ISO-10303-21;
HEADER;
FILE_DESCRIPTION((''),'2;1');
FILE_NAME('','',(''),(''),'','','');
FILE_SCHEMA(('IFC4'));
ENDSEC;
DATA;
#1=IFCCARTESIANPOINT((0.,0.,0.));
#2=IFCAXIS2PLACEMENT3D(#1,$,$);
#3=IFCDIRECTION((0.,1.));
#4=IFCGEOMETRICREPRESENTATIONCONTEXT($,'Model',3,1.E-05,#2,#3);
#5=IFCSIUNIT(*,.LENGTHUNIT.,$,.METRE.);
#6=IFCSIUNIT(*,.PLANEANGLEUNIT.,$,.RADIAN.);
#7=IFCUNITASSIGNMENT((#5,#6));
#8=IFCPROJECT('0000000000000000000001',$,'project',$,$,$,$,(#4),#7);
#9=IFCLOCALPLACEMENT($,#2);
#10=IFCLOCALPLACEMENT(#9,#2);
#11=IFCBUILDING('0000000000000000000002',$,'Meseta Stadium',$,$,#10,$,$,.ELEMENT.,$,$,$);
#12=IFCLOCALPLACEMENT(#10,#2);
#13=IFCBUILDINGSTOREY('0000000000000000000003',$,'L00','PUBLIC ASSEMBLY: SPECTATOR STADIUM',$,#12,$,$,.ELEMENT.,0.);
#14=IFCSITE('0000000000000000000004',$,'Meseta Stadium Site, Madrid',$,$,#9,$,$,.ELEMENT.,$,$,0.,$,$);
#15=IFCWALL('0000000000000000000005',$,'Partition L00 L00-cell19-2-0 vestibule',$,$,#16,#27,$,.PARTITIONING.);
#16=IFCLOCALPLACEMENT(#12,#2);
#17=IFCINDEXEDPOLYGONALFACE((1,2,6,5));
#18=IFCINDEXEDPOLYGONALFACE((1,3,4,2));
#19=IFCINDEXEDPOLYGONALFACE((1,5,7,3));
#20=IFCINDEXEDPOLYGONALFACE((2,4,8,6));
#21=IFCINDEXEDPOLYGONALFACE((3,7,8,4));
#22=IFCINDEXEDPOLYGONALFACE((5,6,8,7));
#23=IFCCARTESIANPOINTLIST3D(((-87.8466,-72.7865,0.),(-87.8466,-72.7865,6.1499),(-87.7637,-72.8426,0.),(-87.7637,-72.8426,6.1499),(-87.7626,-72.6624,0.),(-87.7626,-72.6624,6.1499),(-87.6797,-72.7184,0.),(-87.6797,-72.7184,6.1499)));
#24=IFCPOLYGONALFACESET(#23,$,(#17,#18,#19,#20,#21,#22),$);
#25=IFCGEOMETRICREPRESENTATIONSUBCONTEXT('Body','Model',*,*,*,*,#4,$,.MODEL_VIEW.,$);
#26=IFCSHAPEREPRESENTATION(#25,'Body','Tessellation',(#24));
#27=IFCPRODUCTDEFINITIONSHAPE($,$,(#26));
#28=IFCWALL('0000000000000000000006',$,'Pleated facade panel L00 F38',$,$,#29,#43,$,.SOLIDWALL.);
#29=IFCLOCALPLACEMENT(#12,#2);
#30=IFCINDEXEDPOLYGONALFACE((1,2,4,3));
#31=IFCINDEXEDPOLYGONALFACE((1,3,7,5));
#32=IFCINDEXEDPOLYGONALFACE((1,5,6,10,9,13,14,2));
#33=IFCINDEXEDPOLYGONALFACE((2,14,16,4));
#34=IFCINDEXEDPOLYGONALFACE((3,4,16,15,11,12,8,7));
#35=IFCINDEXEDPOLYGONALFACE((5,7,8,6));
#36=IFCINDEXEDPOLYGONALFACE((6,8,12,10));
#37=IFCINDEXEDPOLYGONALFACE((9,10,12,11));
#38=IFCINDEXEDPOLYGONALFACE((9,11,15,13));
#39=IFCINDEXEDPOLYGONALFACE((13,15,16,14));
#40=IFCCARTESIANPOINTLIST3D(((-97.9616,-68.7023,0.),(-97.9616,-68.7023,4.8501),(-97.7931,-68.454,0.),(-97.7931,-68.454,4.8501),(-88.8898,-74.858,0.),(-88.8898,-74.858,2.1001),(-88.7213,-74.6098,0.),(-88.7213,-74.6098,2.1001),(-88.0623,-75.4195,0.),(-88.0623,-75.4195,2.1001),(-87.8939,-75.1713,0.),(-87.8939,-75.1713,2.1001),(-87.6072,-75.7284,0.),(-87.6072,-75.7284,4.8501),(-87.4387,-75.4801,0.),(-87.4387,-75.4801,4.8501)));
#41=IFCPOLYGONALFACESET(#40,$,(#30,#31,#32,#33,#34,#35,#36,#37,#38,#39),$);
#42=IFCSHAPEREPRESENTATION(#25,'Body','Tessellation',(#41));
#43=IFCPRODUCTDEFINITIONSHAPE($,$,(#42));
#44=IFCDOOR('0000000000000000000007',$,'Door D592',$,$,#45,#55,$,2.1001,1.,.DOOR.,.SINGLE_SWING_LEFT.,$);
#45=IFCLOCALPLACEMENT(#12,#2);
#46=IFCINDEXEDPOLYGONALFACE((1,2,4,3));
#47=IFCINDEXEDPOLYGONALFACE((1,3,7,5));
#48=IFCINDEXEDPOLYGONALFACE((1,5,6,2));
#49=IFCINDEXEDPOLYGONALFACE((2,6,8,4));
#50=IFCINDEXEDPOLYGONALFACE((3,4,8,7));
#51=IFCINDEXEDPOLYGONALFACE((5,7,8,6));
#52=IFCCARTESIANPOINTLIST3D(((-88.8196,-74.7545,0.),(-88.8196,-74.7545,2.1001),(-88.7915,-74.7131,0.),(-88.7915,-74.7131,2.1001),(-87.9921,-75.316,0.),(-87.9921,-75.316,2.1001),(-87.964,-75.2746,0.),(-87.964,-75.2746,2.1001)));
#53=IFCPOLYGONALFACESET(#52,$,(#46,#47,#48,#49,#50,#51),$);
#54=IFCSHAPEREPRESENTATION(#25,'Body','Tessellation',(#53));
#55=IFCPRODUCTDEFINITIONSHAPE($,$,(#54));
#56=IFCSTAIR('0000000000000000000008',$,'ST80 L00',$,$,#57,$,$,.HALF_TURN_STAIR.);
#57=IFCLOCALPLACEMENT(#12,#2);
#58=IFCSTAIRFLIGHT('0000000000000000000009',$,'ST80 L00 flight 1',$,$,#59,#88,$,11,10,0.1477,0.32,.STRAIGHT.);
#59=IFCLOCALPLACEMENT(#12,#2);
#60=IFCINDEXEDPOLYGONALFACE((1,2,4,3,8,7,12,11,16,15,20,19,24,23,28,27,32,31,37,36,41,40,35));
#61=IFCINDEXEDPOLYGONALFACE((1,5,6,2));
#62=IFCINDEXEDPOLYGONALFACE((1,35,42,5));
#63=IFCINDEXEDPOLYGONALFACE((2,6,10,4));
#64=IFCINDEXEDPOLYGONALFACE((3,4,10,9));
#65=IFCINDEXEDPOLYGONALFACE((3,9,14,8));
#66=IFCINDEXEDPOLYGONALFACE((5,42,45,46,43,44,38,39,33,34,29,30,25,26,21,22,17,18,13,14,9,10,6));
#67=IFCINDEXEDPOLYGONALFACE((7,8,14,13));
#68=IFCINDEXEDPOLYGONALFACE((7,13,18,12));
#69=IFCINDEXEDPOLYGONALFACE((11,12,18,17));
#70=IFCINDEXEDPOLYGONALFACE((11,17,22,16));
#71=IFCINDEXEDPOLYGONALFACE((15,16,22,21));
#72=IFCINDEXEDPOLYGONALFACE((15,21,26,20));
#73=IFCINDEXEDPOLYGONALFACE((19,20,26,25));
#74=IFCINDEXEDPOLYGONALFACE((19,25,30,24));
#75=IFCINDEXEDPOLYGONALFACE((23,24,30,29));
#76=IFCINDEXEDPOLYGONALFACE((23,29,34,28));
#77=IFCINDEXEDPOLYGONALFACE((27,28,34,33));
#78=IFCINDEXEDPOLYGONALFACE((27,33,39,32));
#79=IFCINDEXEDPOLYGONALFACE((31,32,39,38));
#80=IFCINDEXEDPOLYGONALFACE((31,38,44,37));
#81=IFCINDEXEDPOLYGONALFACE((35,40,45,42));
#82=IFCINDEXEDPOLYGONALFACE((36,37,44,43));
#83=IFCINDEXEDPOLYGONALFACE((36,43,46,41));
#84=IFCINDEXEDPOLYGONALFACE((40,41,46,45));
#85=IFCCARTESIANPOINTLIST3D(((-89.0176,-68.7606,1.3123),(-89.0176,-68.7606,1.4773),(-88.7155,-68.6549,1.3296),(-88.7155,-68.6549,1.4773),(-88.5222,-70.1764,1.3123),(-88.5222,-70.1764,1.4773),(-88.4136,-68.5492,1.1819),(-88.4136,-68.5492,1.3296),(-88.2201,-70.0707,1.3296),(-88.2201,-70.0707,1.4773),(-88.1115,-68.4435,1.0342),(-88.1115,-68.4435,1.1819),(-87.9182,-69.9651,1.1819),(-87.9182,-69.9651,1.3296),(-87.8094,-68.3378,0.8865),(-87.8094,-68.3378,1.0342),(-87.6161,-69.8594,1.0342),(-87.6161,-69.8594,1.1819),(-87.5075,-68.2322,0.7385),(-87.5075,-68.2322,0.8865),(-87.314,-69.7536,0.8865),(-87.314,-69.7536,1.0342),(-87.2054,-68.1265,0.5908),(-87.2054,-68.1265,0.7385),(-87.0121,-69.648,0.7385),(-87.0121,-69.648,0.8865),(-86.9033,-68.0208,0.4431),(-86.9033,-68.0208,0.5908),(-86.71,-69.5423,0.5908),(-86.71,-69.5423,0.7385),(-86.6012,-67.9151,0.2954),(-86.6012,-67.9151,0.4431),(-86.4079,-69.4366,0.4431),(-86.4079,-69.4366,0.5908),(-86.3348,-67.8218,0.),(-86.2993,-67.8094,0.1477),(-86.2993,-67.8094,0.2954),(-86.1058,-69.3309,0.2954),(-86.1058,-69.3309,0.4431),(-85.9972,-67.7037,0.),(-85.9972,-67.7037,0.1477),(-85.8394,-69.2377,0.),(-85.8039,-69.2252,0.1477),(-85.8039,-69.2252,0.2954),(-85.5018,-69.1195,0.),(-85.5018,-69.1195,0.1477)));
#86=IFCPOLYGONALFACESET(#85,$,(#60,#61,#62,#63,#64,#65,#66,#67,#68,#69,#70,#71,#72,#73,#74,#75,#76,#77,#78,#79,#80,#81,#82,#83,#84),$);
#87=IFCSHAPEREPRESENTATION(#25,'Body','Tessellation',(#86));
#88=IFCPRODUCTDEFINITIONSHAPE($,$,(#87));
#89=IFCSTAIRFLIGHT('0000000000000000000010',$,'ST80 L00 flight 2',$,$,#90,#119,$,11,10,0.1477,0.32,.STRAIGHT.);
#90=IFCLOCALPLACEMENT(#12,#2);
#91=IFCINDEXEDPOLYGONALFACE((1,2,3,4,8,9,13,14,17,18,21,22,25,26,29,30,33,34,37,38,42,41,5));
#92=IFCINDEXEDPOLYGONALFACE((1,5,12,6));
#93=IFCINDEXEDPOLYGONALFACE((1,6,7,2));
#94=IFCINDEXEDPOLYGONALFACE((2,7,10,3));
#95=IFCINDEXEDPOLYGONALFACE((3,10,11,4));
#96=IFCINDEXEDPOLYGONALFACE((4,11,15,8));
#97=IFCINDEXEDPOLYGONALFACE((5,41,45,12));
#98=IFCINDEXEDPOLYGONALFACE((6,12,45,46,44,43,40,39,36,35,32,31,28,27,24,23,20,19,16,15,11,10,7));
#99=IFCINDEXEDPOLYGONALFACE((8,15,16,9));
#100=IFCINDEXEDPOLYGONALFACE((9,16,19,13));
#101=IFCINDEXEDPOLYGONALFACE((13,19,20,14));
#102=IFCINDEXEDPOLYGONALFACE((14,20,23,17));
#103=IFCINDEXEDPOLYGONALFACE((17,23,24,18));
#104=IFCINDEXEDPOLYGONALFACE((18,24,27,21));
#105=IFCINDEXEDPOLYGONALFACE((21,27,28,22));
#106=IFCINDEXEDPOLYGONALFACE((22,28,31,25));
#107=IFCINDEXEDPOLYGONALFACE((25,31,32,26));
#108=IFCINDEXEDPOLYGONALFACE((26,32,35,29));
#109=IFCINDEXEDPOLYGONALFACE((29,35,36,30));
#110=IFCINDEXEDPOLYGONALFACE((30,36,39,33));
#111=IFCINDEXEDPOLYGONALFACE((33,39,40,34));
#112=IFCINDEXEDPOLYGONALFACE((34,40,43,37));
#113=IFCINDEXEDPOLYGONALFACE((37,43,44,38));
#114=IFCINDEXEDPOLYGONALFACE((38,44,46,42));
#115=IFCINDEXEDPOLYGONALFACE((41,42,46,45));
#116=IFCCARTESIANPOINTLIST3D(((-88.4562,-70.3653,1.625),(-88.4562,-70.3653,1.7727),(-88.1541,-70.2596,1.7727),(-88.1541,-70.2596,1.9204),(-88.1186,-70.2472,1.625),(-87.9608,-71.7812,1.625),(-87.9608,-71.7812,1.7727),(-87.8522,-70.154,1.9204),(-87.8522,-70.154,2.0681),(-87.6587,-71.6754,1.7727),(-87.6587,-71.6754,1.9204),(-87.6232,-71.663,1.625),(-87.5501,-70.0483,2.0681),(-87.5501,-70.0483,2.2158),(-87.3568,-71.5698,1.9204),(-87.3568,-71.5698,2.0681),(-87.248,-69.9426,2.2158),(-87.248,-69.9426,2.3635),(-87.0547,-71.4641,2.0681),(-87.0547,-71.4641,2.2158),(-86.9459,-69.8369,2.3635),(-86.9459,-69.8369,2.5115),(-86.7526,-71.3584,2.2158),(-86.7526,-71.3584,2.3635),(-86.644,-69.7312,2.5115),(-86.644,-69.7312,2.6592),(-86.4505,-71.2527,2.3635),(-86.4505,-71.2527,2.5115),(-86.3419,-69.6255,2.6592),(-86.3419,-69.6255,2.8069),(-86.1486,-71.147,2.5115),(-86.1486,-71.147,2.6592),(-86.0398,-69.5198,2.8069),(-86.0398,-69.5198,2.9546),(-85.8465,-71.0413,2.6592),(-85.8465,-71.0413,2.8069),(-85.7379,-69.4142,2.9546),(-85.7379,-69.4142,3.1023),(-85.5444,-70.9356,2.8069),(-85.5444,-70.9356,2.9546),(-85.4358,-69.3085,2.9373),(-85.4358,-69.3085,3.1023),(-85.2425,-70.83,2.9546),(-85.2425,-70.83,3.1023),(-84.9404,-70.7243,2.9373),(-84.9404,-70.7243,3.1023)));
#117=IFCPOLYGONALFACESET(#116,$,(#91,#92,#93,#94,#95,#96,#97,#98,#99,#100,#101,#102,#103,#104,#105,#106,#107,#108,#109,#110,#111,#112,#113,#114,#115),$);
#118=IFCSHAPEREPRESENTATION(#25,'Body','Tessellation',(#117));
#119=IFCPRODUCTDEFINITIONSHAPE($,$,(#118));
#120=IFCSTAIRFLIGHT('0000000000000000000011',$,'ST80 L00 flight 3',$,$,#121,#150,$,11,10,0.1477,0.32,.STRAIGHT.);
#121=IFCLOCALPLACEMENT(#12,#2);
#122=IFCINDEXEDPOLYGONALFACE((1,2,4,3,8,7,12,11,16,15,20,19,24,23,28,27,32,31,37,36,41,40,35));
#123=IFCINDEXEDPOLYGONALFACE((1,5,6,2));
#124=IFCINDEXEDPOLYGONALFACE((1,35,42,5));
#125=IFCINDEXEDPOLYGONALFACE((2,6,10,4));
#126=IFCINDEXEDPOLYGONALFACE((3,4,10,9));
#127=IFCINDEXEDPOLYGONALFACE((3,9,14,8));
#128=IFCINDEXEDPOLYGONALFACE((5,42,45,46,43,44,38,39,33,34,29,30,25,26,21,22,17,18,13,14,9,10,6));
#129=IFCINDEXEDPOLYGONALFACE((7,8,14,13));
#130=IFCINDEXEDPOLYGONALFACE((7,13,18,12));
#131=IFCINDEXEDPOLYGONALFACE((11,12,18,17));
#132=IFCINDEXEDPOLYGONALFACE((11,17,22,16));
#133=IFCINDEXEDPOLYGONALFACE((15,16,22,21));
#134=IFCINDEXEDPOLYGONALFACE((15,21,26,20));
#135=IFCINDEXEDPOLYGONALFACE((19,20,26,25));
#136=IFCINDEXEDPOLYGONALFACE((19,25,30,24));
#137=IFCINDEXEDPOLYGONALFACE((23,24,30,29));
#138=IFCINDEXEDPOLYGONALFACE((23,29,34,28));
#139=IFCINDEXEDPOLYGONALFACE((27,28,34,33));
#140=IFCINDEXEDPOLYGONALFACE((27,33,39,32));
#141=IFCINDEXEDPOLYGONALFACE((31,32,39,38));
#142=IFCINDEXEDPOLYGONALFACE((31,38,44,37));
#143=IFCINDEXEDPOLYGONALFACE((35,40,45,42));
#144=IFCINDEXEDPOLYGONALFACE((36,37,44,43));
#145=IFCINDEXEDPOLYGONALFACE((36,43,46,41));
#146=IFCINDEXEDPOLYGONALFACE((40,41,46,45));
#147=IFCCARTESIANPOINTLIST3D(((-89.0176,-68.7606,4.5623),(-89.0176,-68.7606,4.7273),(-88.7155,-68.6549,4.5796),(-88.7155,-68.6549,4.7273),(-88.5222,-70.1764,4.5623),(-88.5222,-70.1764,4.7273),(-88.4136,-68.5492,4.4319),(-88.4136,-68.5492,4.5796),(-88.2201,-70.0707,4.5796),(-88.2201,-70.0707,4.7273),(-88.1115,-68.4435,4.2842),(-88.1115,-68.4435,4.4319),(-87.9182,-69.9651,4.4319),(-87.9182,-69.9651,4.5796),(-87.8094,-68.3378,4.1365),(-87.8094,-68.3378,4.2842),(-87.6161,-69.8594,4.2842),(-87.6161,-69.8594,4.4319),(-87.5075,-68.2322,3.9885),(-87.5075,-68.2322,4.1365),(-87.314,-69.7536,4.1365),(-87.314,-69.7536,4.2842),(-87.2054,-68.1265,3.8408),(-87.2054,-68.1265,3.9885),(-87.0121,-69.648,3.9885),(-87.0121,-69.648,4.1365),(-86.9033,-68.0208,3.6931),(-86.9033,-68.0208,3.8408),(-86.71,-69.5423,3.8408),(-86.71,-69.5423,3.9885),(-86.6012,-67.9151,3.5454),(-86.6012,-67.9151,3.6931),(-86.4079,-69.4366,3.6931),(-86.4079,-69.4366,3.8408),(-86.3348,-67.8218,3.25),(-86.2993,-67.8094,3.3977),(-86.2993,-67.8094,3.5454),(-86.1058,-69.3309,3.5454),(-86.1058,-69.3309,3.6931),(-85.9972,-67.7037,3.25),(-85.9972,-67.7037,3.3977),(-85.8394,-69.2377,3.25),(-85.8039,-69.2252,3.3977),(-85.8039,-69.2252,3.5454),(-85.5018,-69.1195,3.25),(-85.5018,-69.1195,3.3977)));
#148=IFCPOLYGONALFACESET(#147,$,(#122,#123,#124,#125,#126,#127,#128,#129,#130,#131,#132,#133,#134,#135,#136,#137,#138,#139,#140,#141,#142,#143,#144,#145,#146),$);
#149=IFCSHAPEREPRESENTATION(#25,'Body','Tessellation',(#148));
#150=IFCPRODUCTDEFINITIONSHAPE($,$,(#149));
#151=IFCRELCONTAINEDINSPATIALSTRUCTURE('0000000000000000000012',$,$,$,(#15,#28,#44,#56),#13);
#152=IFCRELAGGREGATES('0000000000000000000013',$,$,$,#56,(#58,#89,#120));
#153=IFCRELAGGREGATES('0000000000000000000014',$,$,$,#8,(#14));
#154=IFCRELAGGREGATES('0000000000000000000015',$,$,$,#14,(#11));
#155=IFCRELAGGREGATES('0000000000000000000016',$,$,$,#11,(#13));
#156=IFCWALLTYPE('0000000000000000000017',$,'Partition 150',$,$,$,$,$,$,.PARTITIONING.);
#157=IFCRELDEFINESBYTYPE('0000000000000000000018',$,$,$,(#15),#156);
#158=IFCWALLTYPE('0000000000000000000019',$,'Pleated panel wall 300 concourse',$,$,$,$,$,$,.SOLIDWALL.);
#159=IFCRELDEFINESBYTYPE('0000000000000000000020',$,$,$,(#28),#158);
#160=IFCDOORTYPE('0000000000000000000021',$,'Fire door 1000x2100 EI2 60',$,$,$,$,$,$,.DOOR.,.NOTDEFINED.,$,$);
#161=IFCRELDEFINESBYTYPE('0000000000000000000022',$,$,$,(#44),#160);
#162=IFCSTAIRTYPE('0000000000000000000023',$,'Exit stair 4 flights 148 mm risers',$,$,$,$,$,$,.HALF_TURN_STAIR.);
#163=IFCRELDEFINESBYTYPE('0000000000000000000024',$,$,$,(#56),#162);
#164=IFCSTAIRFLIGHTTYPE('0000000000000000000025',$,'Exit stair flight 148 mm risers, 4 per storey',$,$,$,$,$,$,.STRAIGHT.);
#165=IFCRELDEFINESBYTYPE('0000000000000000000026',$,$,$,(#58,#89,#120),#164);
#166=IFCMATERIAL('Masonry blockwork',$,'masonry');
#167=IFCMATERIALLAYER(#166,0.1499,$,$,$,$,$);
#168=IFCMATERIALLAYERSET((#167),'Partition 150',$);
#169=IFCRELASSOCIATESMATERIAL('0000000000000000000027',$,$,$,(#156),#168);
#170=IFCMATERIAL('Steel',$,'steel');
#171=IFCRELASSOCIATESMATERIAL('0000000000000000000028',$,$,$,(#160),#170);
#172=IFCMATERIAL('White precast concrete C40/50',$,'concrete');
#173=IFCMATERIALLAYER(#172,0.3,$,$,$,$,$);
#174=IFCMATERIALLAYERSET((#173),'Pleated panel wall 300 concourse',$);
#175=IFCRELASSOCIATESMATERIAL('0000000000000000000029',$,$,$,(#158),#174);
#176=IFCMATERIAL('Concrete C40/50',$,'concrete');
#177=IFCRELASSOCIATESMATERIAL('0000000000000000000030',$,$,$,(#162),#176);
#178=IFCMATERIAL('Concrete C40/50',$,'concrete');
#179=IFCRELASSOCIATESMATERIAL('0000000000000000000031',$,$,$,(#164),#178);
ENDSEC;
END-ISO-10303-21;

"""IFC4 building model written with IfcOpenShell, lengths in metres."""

from ifc_helpers import new_model, si_unit, direction, frame, frame_2d, origin, place, context, subcontext, project, spatial, polyline, rectangle, outline, extrude, material, layer, layer_set, type_object, element, fill, aggregate, save


model = new_model("IFC4")

# Units and contexts
model_context = context("Model", 3, precision=1e-05, world=origin(), true_north=direction((0.0, 1.0)))
body_context = subcontext(model_context, "Body", "Model", "MODEL_VIEW")
ifc_project = project(units=[si_unit("LENGTHUNIT", "METRE"), si_unit("PLANEANGLEUNIT", "RADIAN")], contexts=[model_context])

# Site, building, storey
site_placement = place(None, origin())
site = spatial("IfcSite", under=ifc_project, at=site_placement, Name="Meseta Stadium Site, Madrid", CompositionType="ELEMENT", RefElevation=0.0)
building_placement = place(site_placement, origin())
building = spatial("IfcBuilding", under=site, at=building_placement, Name="Meseta Stadium", CompositionType="ELEMENT")
storey_placement = place(building_placement, origin())
storey = spatial("IfcBuildingStorey", under=building, at=storey_placement, Name="L00", Description="PUBLIC ASSEMBLY: SPECTATOR STADIUM", CompositionType="ELEMENT", Elevation=0.0)

# Shared definitions
ifc_material_1 = material(Name="Masonry blockwork", Category="masonry")
ifc_layer_1 = layer(ifc_material_1, 0.1499)
ifc_layer_set_1 = layer_set([ifc_layer_1], Name="Partition 150")
wall_type_1 = type_object("IfcWallType", Name="Partition 150", PredefinedType="PARTITIONING", material=ifc_layer_set_1)

# Shared definitions
ifc_material_2 = material(Name="Steel", Category="steel")
door_type_1 = type_object("IfcDoorType", Name="Fire door 1000x2100 EI2 60", OperationType="NOTDEFINED", PredefinedType="DOOR", material=ifc_material_2)

# Wall
wall_1_placement = place(storey_placement, frame((-87.7217, -72.7805, 0.0), z_axis=(0.0, 0.0, 1.0), x_axis=(-0.828283, 0.560309, 0.0)))
element("IfcWall", 1, at=wall_1_placement, inside=storey, type_object=wall_type_1, Name="Partition L00 L00-cell19-2-0 vestibule", PredefinedType="PARTITIONING", context=body_context, shape_type="SweptSolid", body=[
    extrude(rectangle(XDim=0.1001, YDim=0.1499, at=frame_2d((0.05, 0.0))), origin(), (0.0, 0.0, 1.0), 6.1499),
])

# Wall, opening, door
ifc_material_3 = material(Name="White precast concrete C40/50", Category="concrete")
ifc_layer_2 = layer(ifc_material_3, 0.3)
ifc_layer_set_2 = layer_set([ifc_layer_2], Name="Pleated panel wall 300 concourse")
wall_type_2 = type_object("IfcWallType", Name="Pleated panel wall 300 concourse", PredefinedType="SOLIDWALL", material=ifc_layer_set_2)
wall_2_placement = place(storey_placement, frame((-87.5229, -75.6042, 0.0), z_axis=(0.0, 0.0, 1.0), x_axis=(-0.827481, 0.561494, 0.0)))
wall_2 = element("IfcWall", 2, at=wall_2_placement, inside=storey, type_object=wall_type_2, Name="Pleated facade panel L00 F38", PredefinedType="SOLIDWALL", context=body_context, shape_type="SweptSolid", body=[
    extrude(rectangle(XDim=12.5132, YDim=0.3, at=frame_2d((6.2566, 0.0))), origin(), (0.0, 0.0, 1.0), 4.8501),
])
opening_1_placement = place(wall_2_placement, frame((0.55, 0.0, 0.0)))
opening_1 = element("IfcOpeningElement", 3, at=opening_1_placement, cuts=wall_2, PredefinedType="OPENING", context=body_context, shape_type="SweptSolid", body=[
    extrude(rectangle(XDim=1.0, YDim=2.1001, at=frame_2d((0.5, 1.05))), frame((0.0, 0.1599, 0.0), z_axis=(0.0, -1.0, 0.0), x_axis=(1.0, 0.0, 0.0)), (0.0, 0.0, 1.0), 0.3201),
])
door_1_placement = place(opening_1_placement, origin())
door_1 = element("IfcDoor", 4, at=door_1_placement, inside=storey, type_object=door_type_1, Name="Door D592", OperationType="SINGLE_SWING_LEFT", OverallHeight=2.1001, OverallWidth=1.0, PredefinedType="DOOR", context=body_context, shape_type="SweptSolid", body=[
    extrude(rectangle(XDim=1.0, YDim=2.1001, at=frame_2d((0.5, 1.05))), frame((0.0, 0.0249, 0.0), z_axis=(0.0, -1.0, 0.0), x_axis=(1.0, 0.0, 0.0)), (0.0, 0.0, 1.0), 0.05),
])
fill(opening_1, door_1)

# Stair, stair flights
ifc_material_4 = material(Name="Concrete C40/50", Category="concrete")
stair_type = type_object("IfcStairType", Name="Exit stair 4 flights 148 mm risers", PredefinedType="HALF_TURN_STAIR", material=ifc_material_4)
stair_placement = place(storey_placement, origin())
stair = element("IfcStair", 5, at=stair_placement, inside=storey, type_object=stair_type, Name="ST80 L00", PredefinedType="HALF_TURN_STAIR")
ifc_material_5 = material(Name="Concrete C40/50", Category="concrete")
stair_flight_type = type_object("IfcStairFlightType", Name="Exit stair flight 148 mm risers, 4 per storey", PredefinedType="STRAIGHT", material=ifc_material_5)
stair_flight_1_placement = place(storey_placement, frame((-85.7495, -68.4116, 0.0), z_axis=(0.0, 0.0, 1.0), x_axis=(-0.943883, -0.330279, 0.0)))
stair_flight_1 = element("IfcStairFlight", 6, at=stair_flight_1_placement, type_object=stair_flight_type, Name="ST80 L00 flight 1", NumberOfRisers=11, NumberOfTreads=10, PredefinedType="STRAIGHT", RiserHeight=0.1477, TreadLength=0.32, context=body_context, shape_type="SweptSolid", body=[
    extrude(outline(polyline([(0.0, 0.0), (0.0, 0.1477), (0.3201, 0.1477), (0.3201, 0.2954), (0.6399, 0.2954), (0.6399, 0.4431), (0.96, 0.4431), (0.96, 0.5908), (1.28, 0.5908), (1.28, 0.7385), (1.6001, 0.7385), (1.6001, 0.8865), (1.9199, 0.8865), (1.9199, 1.0342), (2.24, 1.0342), (2.24, 1.1819), (2.5601, 1.1819), (2.5601, 1.3296), (2.8799, 1.3296), (2.8799, 1.4773), (3.2, 1.4773), (3.2, 1.3123), (0.3577, 0.0), (0.0, 0.0)])), frame((0.0, 0.75, 0.0), z_axis=(0.0, -1.0, 0.0), x_axis=(1.0, 0.0, 0.0)), (0.0, 0.0, 1.0), 1.5),
])
stair_flight_2_placement = place(storey_placement, frame((-88.2085, -71.0732, 1.625), z_axis=(0.0, 0.0, 1.0), x_axis=(0.943883, 0.330279, 0.0)))
stair_flight_2 = element("IfcStairFlight", 7, at=stair_flight_2_placement, type_object=stair_flight_type, Name="ST80 L00 flight 2", NumberOfRisers=11, NumberOfTreads=10, PredefinedType="STRAIGHT", RiserHeight=0.1477, TreadLength=0.32, context=body_context, shape_type="SweptSolid", body=[
    extrude(outline(polyline([(0.0, 0.0), (0.0, 0.1477), (0.3201, 0.1477), (0.3201, 0.2954), (0.6399, 0.2954), (0.6399, 0.4431), (0.96, 0.4431), (0.96, 0.5908), (1.28, 0.5908), (1.28, 0.7385), (1.6001, 0.7385), (1.6001, 0.8865), (1.9199, 0.8865), (1.9199, 1.0342), (2.24, 1.0342), (2.24, 1.1819), (2.5601, 1.1819), (2.5601, 1.3296), (2.8799, 1.3296), (2.8799, 1.4773), (3.2, 1.4773), (3.2, 1.3123), (0.3577, 0.0), (0.0, 0.0)])), frame((0.0, 0.75, 0.0), z_axis=(0.0, -1.0, 0.0), x_axis=(1.0, 0.0, 0.0)), (0.0, 0.0, 1.0), 1.5),
])
stair_flight_3_placement = place(storey_placement, frame((-85.7495, -68.4116, 3.25), z_axis=(0.0, 0.0, 1.0), x_axis=(-0.943883, -0.330279, 0.0)))
stair_flight_3 = element("IfcStairFlight", 8, at=stair_flight_3_placement, type_object=stair_flight_type, Name="ST80 L00 flight 3", NumberOfRisers=11, NumberOfTreads=10, PredefinedType="STRAIGHT", RiserHeight=0.1477, TreadLength=0.32, context=body_context, shape_type="SweptSolid", body=[
    extrude(outline(polyline([(0.0, 0.0), (0.0, 0.1477), (0.3201, 0.1477), (0.3201, 0.2954), (0.6399, 0.2954), (0.6399, 0.4431), (0.96, 0.4431), (0.96, 0.5908), (1.28, 0.5908), (1.28, 0.7385), (1.6001, 0.7385), (1.6001, 0.8865), (1.9199, 0.8865), (1.9199, 1.0342), (2.24, 1.0342), (2.24, 1.1819), (2.5601, 1.1819), (2.5601, 1.3296), (2.8799, 1.3296), (2.8799, 1.4773), (3.2, 1.4773), (3.2, 1.3123), (0.3577, 0.0), (0.0, 0.0)])), frame((0.0, 0.75, 0.0), z_axis=(0.0, -1.0, 0.0), x_axis=(1.0, 0.0, 0.0)), (0.0, 0.0, 1.0), 1.5),
])
aggregate(stair, [stair_flight_1, stair_flight_2, stair_flight_3])

save(model, "model.ifc")
